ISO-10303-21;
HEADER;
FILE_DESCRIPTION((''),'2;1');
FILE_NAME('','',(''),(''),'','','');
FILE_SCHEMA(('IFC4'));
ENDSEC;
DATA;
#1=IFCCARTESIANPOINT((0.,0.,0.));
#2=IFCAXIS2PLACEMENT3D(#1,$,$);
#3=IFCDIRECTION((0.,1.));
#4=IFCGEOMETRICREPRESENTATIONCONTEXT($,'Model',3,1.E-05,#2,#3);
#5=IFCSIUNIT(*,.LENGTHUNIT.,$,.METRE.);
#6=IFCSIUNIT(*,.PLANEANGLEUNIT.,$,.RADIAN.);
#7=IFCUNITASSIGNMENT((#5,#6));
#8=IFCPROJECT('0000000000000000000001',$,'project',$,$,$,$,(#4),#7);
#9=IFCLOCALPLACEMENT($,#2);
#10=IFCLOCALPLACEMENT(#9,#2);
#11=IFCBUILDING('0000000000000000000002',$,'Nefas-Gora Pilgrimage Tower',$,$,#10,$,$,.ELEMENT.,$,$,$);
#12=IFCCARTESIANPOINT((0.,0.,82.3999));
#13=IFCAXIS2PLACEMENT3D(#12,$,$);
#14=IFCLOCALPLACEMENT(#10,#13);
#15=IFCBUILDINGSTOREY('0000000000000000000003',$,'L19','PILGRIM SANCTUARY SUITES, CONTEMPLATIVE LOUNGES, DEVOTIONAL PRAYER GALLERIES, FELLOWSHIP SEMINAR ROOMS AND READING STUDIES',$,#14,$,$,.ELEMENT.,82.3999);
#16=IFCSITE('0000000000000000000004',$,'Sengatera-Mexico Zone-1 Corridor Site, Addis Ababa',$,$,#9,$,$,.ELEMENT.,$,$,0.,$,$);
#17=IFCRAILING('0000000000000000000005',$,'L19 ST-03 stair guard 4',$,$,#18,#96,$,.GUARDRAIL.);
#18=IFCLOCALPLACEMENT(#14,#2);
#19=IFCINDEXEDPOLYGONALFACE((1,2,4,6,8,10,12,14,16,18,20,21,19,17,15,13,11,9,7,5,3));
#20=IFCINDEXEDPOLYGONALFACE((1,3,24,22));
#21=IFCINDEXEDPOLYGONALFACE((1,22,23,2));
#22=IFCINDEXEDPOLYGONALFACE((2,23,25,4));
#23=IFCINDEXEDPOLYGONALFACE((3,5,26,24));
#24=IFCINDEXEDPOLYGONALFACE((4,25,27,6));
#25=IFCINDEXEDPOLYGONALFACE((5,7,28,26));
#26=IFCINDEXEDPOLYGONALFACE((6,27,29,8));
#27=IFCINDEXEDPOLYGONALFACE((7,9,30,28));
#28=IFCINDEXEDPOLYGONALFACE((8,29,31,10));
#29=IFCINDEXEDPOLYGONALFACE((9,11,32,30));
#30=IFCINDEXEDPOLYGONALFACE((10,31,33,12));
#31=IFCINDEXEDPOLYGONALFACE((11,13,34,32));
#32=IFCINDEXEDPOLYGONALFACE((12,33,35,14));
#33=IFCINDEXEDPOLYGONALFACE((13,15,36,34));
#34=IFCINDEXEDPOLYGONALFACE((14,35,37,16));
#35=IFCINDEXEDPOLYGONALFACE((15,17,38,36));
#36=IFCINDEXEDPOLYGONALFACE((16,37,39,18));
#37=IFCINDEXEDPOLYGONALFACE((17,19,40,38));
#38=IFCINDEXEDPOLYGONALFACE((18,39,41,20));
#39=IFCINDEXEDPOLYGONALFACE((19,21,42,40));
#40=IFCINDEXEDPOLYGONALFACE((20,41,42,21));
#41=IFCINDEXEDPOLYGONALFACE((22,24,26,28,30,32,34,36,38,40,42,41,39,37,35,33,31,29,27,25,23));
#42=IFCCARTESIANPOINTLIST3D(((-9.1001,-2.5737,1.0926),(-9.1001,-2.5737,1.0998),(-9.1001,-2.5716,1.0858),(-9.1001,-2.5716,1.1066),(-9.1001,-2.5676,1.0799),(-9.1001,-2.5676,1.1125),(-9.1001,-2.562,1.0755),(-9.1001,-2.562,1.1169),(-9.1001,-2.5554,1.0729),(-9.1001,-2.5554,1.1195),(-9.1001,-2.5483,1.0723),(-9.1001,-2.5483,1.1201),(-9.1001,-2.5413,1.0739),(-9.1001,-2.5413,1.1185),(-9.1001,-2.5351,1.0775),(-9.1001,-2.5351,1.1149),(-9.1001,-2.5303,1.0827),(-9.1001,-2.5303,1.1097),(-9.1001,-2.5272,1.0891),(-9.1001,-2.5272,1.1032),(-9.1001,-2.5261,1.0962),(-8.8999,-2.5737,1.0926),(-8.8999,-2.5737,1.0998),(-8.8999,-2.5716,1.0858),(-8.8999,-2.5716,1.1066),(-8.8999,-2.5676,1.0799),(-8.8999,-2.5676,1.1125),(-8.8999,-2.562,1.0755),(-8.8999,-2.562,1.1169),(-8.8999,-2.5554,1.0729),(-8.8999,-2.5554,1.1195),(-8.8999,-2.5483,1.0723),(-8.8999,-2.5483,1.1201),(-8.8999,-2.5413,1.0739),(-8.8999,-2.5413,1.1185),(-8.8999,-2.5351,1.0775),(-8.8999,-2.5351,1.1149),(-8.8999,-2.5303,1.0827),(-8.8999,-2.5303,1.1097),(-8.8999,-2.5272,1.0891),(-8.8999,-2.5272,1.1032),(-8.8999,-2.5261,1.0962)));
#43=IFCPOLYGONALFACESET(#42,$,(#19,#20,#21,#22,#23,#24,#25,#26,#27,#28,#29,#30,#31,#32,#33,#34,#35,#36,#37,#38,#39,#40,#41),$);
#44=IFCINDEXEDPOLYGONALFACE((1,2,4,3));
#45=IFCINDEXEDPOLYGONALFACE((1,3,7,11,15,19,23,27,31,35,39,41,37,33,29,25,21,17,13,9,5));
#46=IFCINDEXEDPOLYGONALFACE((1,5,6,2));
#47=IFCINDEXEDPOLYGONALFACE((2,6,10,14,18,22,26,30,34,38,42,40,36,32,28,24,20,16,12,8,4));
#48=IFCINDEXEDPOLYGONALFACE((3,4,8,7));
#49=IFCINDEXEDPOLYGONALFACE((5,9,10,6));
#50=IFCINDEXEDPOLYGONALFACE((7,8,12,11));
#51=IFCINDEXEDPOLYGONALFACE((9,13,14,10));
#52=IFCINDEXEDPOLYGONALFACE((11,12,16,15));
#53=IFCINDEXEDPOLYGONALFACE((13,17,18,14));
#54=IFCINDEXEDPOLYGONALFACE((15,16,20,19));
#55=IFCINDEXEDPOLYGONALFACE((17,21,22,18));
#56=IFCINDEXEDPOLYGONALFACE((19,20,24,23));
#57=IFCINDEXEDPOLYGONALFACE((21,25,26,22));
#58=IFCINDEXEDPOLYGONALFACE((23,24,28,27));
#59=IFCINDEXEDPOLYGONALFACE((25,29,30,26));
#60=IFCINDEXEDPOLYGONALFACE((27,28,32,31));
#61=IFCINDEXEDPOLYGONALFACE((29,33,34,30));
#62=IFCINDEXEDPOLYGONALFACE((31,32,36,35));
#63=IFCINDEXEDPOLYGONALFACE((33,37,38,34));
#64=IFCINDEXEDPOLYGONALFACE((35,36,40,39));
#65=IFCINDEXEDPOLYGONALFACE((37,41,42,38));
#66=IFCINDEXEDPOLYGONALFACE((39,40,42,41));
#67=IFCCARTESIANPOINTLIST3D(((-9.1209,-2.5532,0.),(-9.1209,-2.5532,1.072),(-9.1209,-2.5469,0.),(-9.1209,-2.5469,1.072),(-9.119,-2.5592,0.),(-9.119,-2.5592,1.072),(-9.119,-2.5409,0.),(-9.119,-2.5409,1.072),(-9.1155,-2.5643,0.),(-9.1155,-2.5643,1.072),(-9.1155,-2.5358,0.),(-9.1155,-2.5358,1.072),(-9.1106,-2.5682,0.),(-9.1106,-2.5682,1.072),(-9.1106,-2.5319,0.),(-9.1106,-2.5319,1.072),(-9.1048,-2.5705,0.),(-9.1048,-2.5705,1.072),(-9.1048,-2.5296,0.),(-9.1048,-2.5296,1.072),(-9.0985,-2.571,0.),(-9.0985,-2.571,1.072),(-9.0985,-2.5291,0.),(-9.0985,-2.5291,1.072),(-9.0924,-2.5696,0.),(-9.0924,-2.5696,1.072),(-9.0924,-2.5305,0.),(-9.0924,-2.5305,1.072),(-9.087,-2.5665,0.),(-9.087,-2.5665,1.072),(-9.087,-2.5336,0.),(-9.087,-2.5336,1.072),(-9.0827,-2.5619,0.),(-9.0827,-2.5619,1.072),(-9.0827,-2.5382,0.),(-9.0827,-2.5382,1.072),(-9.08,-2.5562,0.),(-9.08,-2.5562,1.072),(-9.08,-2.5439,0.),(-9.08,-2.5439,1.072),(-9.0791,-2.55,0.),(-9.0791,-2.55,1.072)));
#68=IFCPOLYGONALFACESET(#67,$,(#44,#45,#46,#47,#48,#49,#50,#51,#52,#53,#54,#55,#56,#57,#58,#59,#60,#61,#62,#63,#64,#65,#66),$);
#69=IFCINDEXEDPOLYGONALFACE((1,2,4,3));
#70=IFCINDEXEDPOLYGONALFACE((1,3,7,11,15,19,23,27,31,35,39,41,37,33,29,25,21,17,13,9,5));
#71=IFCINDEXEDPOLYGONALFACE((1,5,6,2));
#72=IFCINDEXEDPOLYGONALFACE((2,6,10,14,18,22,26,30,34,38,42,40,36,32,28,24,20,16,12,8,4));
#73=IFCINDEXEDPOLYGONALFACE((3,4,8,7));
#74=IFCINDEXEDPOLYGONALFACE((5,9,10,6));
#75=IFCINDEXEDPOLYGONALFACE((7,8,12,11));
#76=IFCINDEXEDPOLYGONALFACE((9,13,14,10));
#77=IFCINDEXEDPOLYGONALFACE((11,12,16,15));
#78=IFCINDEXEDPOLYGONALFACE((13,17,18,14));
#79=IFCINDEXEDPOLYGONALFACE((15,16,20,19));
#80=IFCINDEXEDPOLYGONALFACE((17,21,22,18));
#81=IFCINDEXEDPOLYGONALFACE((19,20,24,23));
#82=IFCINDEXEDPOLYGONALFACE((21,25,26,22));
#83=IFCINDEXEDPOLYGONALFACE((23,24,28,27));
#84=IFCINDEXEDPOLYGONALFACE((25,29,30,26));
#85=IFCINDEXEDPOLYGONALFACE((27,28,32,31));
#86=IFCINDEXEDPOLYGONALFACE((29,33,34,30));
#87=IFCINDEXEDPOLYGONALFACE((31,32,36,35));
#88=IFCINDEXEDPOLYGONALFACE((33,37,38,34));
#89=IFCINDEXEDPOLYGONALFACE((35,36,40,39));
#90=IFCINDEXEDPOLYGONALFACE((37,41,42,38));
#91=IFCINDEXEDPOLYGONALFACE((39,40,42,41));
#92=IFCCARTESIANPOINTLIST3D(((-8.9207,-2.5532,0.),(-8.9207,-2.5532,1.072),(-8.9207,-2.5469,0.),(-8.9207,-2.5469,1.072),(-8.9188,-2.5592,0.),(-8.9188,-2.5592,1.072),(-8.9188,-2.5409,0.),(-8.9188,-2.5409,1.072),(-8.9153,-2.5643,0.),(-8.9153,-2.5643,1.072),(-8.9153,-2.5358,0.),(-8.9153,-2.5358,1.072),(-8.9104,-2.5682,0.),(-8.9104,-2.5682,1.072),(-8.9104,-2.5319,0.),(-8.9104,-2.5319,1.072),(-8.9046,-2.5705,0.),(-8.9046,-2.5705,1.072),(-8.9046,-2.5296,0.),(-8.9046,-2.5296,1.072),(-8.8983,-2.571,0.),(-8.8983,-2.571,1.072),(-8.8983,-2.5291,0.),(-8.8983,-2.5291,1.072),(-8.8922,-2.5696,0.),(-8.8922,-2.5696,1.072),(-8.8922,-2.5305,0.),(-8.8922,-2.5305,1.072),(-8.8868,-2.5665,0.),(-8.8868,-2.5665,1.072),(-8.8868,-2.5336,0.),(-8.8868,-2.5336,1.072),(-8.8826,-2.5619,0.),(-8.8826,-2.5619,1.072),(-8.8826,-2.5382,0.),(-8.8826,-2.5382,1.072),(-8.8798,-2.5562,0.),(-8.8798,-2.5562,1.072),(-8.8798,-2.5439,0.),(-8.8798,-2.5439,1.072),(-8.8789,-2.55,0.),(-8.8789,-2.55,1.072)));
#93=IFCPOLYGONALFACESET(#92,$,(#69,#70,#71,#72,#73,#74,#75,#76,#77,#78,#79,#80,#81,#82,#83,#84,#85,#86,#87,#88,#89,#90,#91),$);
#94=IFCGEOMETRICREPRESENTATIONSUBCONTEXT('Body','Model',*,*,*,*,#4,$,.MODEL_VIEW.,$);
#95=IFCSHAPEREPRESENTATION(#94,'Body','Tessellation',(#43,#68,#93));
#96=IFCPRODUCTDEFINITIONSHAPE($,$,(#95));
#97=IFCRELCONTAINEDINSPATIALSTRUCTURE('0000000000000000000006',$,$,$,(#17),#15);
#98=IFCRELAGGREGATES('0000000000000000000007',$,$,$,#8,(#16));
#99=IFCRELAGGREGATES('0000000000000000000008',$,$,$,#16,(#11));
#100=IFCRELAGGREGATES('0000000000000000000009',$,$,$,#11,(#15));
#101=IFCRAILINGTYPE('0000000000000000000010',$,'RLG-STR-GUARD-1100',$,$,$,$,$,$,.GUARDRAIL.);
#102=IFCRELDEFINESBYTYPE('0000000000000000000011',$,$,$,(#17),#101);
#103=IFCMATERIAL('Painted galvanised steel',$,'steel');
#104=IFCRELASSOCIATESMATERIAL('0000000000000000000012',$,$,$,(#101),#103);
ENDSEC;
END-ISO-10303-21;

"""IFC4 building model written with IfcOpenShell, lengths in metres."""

from ifc_helpers import new_model, si_unit, direction, frame, origin, origin_2d, place, context, subcontext, project, spatial, circle, extrude, material, type_object, element, save


model = new_model("IFC4")

# Units and contexts
model_context = context("Model", 3, precision=1e-05, world=origin(), true_north=direction((0.0, 1.0)))
body_context = subcontext(model_context, "Body", "Model", "MODEL_VIEW")
ifc_project = project(units=[si_unit("LENGTHUNIT", "METRE"), si_unit("PLANEANGLEUNIT", "RADIAN")], contexts=[model_context])

# Site, building, storey
site_placement = place(None, origin())
site = spatial("IfcSite", under=ifc_project, at=site_placement, Name="Sengatera-Mexico Zone-1 Corridor Site, Addis Ababa", CompositionType="ELEMENT", RefElevation=0.0)
building_placement = place(site_placement, origin())
building = spatial("IfcBuilding", under=site, at=building_placement, Name="Nefas-Gora Pilgrimage Tower", CompositionType="ELEMENT")
storey_placement = place(building_placement, frame((0.0, 0.0, 82.3999)))
storey = spatial("IfcBuildingStorey", under=building, at=storey_placement, Name="L19", Description="PILGRIM SANCTUARY SUITES, CONTEMPLATIVE LOUNGES, DEVOTIONAL PRAYER GALLERIES, FELLOWSHIP SEMINAR ROOMS AND READING STUDIES", CompositionType="ELEMENT", Elevation=82.3999)

# Railing
ifc_material_1 = material(Name="Painted galvanised steel", Category="steel")
railing_type_1 = type_object("IfcRailingType", Name="RLG-STR-GUARD-1100", PredefinedType="GUARDRAIL", material=ifc_material_1)
railing_1_placement = place(storey_placement, frame((-9.1001, -2.55, 0.0)))
element("IfcRailing", 1, at=railing_1_placement, inside=storey, type_object=railing_type_1, Name="L19 ST-03 stair guard 4", PredefinedType="GUARDRAIL", context=body_context, shape_type="SweptSolid", body=[
    extrude(circle(Radius=0.0239, at=origin_2d()), frame((0.0, 0.0, 1.0962), z_axis=(1.0, 0.0, 0.0), x_axis=(0.0, 1.0, 0.0)), (0.0, 0.0, 1.0), 0.2002),
    extrude(circle(Radius=0.021, at=origin_2d()), origin(), (0.0, 0.0, 1.0), 1.072),
    extrude(circle(Radius=0.021, at=origin_2d()), frame((0.2002, 0.0, 0.0)), (0.0, 0.0, 1.0), 1.072),
])

save(model, "model.ifc")
